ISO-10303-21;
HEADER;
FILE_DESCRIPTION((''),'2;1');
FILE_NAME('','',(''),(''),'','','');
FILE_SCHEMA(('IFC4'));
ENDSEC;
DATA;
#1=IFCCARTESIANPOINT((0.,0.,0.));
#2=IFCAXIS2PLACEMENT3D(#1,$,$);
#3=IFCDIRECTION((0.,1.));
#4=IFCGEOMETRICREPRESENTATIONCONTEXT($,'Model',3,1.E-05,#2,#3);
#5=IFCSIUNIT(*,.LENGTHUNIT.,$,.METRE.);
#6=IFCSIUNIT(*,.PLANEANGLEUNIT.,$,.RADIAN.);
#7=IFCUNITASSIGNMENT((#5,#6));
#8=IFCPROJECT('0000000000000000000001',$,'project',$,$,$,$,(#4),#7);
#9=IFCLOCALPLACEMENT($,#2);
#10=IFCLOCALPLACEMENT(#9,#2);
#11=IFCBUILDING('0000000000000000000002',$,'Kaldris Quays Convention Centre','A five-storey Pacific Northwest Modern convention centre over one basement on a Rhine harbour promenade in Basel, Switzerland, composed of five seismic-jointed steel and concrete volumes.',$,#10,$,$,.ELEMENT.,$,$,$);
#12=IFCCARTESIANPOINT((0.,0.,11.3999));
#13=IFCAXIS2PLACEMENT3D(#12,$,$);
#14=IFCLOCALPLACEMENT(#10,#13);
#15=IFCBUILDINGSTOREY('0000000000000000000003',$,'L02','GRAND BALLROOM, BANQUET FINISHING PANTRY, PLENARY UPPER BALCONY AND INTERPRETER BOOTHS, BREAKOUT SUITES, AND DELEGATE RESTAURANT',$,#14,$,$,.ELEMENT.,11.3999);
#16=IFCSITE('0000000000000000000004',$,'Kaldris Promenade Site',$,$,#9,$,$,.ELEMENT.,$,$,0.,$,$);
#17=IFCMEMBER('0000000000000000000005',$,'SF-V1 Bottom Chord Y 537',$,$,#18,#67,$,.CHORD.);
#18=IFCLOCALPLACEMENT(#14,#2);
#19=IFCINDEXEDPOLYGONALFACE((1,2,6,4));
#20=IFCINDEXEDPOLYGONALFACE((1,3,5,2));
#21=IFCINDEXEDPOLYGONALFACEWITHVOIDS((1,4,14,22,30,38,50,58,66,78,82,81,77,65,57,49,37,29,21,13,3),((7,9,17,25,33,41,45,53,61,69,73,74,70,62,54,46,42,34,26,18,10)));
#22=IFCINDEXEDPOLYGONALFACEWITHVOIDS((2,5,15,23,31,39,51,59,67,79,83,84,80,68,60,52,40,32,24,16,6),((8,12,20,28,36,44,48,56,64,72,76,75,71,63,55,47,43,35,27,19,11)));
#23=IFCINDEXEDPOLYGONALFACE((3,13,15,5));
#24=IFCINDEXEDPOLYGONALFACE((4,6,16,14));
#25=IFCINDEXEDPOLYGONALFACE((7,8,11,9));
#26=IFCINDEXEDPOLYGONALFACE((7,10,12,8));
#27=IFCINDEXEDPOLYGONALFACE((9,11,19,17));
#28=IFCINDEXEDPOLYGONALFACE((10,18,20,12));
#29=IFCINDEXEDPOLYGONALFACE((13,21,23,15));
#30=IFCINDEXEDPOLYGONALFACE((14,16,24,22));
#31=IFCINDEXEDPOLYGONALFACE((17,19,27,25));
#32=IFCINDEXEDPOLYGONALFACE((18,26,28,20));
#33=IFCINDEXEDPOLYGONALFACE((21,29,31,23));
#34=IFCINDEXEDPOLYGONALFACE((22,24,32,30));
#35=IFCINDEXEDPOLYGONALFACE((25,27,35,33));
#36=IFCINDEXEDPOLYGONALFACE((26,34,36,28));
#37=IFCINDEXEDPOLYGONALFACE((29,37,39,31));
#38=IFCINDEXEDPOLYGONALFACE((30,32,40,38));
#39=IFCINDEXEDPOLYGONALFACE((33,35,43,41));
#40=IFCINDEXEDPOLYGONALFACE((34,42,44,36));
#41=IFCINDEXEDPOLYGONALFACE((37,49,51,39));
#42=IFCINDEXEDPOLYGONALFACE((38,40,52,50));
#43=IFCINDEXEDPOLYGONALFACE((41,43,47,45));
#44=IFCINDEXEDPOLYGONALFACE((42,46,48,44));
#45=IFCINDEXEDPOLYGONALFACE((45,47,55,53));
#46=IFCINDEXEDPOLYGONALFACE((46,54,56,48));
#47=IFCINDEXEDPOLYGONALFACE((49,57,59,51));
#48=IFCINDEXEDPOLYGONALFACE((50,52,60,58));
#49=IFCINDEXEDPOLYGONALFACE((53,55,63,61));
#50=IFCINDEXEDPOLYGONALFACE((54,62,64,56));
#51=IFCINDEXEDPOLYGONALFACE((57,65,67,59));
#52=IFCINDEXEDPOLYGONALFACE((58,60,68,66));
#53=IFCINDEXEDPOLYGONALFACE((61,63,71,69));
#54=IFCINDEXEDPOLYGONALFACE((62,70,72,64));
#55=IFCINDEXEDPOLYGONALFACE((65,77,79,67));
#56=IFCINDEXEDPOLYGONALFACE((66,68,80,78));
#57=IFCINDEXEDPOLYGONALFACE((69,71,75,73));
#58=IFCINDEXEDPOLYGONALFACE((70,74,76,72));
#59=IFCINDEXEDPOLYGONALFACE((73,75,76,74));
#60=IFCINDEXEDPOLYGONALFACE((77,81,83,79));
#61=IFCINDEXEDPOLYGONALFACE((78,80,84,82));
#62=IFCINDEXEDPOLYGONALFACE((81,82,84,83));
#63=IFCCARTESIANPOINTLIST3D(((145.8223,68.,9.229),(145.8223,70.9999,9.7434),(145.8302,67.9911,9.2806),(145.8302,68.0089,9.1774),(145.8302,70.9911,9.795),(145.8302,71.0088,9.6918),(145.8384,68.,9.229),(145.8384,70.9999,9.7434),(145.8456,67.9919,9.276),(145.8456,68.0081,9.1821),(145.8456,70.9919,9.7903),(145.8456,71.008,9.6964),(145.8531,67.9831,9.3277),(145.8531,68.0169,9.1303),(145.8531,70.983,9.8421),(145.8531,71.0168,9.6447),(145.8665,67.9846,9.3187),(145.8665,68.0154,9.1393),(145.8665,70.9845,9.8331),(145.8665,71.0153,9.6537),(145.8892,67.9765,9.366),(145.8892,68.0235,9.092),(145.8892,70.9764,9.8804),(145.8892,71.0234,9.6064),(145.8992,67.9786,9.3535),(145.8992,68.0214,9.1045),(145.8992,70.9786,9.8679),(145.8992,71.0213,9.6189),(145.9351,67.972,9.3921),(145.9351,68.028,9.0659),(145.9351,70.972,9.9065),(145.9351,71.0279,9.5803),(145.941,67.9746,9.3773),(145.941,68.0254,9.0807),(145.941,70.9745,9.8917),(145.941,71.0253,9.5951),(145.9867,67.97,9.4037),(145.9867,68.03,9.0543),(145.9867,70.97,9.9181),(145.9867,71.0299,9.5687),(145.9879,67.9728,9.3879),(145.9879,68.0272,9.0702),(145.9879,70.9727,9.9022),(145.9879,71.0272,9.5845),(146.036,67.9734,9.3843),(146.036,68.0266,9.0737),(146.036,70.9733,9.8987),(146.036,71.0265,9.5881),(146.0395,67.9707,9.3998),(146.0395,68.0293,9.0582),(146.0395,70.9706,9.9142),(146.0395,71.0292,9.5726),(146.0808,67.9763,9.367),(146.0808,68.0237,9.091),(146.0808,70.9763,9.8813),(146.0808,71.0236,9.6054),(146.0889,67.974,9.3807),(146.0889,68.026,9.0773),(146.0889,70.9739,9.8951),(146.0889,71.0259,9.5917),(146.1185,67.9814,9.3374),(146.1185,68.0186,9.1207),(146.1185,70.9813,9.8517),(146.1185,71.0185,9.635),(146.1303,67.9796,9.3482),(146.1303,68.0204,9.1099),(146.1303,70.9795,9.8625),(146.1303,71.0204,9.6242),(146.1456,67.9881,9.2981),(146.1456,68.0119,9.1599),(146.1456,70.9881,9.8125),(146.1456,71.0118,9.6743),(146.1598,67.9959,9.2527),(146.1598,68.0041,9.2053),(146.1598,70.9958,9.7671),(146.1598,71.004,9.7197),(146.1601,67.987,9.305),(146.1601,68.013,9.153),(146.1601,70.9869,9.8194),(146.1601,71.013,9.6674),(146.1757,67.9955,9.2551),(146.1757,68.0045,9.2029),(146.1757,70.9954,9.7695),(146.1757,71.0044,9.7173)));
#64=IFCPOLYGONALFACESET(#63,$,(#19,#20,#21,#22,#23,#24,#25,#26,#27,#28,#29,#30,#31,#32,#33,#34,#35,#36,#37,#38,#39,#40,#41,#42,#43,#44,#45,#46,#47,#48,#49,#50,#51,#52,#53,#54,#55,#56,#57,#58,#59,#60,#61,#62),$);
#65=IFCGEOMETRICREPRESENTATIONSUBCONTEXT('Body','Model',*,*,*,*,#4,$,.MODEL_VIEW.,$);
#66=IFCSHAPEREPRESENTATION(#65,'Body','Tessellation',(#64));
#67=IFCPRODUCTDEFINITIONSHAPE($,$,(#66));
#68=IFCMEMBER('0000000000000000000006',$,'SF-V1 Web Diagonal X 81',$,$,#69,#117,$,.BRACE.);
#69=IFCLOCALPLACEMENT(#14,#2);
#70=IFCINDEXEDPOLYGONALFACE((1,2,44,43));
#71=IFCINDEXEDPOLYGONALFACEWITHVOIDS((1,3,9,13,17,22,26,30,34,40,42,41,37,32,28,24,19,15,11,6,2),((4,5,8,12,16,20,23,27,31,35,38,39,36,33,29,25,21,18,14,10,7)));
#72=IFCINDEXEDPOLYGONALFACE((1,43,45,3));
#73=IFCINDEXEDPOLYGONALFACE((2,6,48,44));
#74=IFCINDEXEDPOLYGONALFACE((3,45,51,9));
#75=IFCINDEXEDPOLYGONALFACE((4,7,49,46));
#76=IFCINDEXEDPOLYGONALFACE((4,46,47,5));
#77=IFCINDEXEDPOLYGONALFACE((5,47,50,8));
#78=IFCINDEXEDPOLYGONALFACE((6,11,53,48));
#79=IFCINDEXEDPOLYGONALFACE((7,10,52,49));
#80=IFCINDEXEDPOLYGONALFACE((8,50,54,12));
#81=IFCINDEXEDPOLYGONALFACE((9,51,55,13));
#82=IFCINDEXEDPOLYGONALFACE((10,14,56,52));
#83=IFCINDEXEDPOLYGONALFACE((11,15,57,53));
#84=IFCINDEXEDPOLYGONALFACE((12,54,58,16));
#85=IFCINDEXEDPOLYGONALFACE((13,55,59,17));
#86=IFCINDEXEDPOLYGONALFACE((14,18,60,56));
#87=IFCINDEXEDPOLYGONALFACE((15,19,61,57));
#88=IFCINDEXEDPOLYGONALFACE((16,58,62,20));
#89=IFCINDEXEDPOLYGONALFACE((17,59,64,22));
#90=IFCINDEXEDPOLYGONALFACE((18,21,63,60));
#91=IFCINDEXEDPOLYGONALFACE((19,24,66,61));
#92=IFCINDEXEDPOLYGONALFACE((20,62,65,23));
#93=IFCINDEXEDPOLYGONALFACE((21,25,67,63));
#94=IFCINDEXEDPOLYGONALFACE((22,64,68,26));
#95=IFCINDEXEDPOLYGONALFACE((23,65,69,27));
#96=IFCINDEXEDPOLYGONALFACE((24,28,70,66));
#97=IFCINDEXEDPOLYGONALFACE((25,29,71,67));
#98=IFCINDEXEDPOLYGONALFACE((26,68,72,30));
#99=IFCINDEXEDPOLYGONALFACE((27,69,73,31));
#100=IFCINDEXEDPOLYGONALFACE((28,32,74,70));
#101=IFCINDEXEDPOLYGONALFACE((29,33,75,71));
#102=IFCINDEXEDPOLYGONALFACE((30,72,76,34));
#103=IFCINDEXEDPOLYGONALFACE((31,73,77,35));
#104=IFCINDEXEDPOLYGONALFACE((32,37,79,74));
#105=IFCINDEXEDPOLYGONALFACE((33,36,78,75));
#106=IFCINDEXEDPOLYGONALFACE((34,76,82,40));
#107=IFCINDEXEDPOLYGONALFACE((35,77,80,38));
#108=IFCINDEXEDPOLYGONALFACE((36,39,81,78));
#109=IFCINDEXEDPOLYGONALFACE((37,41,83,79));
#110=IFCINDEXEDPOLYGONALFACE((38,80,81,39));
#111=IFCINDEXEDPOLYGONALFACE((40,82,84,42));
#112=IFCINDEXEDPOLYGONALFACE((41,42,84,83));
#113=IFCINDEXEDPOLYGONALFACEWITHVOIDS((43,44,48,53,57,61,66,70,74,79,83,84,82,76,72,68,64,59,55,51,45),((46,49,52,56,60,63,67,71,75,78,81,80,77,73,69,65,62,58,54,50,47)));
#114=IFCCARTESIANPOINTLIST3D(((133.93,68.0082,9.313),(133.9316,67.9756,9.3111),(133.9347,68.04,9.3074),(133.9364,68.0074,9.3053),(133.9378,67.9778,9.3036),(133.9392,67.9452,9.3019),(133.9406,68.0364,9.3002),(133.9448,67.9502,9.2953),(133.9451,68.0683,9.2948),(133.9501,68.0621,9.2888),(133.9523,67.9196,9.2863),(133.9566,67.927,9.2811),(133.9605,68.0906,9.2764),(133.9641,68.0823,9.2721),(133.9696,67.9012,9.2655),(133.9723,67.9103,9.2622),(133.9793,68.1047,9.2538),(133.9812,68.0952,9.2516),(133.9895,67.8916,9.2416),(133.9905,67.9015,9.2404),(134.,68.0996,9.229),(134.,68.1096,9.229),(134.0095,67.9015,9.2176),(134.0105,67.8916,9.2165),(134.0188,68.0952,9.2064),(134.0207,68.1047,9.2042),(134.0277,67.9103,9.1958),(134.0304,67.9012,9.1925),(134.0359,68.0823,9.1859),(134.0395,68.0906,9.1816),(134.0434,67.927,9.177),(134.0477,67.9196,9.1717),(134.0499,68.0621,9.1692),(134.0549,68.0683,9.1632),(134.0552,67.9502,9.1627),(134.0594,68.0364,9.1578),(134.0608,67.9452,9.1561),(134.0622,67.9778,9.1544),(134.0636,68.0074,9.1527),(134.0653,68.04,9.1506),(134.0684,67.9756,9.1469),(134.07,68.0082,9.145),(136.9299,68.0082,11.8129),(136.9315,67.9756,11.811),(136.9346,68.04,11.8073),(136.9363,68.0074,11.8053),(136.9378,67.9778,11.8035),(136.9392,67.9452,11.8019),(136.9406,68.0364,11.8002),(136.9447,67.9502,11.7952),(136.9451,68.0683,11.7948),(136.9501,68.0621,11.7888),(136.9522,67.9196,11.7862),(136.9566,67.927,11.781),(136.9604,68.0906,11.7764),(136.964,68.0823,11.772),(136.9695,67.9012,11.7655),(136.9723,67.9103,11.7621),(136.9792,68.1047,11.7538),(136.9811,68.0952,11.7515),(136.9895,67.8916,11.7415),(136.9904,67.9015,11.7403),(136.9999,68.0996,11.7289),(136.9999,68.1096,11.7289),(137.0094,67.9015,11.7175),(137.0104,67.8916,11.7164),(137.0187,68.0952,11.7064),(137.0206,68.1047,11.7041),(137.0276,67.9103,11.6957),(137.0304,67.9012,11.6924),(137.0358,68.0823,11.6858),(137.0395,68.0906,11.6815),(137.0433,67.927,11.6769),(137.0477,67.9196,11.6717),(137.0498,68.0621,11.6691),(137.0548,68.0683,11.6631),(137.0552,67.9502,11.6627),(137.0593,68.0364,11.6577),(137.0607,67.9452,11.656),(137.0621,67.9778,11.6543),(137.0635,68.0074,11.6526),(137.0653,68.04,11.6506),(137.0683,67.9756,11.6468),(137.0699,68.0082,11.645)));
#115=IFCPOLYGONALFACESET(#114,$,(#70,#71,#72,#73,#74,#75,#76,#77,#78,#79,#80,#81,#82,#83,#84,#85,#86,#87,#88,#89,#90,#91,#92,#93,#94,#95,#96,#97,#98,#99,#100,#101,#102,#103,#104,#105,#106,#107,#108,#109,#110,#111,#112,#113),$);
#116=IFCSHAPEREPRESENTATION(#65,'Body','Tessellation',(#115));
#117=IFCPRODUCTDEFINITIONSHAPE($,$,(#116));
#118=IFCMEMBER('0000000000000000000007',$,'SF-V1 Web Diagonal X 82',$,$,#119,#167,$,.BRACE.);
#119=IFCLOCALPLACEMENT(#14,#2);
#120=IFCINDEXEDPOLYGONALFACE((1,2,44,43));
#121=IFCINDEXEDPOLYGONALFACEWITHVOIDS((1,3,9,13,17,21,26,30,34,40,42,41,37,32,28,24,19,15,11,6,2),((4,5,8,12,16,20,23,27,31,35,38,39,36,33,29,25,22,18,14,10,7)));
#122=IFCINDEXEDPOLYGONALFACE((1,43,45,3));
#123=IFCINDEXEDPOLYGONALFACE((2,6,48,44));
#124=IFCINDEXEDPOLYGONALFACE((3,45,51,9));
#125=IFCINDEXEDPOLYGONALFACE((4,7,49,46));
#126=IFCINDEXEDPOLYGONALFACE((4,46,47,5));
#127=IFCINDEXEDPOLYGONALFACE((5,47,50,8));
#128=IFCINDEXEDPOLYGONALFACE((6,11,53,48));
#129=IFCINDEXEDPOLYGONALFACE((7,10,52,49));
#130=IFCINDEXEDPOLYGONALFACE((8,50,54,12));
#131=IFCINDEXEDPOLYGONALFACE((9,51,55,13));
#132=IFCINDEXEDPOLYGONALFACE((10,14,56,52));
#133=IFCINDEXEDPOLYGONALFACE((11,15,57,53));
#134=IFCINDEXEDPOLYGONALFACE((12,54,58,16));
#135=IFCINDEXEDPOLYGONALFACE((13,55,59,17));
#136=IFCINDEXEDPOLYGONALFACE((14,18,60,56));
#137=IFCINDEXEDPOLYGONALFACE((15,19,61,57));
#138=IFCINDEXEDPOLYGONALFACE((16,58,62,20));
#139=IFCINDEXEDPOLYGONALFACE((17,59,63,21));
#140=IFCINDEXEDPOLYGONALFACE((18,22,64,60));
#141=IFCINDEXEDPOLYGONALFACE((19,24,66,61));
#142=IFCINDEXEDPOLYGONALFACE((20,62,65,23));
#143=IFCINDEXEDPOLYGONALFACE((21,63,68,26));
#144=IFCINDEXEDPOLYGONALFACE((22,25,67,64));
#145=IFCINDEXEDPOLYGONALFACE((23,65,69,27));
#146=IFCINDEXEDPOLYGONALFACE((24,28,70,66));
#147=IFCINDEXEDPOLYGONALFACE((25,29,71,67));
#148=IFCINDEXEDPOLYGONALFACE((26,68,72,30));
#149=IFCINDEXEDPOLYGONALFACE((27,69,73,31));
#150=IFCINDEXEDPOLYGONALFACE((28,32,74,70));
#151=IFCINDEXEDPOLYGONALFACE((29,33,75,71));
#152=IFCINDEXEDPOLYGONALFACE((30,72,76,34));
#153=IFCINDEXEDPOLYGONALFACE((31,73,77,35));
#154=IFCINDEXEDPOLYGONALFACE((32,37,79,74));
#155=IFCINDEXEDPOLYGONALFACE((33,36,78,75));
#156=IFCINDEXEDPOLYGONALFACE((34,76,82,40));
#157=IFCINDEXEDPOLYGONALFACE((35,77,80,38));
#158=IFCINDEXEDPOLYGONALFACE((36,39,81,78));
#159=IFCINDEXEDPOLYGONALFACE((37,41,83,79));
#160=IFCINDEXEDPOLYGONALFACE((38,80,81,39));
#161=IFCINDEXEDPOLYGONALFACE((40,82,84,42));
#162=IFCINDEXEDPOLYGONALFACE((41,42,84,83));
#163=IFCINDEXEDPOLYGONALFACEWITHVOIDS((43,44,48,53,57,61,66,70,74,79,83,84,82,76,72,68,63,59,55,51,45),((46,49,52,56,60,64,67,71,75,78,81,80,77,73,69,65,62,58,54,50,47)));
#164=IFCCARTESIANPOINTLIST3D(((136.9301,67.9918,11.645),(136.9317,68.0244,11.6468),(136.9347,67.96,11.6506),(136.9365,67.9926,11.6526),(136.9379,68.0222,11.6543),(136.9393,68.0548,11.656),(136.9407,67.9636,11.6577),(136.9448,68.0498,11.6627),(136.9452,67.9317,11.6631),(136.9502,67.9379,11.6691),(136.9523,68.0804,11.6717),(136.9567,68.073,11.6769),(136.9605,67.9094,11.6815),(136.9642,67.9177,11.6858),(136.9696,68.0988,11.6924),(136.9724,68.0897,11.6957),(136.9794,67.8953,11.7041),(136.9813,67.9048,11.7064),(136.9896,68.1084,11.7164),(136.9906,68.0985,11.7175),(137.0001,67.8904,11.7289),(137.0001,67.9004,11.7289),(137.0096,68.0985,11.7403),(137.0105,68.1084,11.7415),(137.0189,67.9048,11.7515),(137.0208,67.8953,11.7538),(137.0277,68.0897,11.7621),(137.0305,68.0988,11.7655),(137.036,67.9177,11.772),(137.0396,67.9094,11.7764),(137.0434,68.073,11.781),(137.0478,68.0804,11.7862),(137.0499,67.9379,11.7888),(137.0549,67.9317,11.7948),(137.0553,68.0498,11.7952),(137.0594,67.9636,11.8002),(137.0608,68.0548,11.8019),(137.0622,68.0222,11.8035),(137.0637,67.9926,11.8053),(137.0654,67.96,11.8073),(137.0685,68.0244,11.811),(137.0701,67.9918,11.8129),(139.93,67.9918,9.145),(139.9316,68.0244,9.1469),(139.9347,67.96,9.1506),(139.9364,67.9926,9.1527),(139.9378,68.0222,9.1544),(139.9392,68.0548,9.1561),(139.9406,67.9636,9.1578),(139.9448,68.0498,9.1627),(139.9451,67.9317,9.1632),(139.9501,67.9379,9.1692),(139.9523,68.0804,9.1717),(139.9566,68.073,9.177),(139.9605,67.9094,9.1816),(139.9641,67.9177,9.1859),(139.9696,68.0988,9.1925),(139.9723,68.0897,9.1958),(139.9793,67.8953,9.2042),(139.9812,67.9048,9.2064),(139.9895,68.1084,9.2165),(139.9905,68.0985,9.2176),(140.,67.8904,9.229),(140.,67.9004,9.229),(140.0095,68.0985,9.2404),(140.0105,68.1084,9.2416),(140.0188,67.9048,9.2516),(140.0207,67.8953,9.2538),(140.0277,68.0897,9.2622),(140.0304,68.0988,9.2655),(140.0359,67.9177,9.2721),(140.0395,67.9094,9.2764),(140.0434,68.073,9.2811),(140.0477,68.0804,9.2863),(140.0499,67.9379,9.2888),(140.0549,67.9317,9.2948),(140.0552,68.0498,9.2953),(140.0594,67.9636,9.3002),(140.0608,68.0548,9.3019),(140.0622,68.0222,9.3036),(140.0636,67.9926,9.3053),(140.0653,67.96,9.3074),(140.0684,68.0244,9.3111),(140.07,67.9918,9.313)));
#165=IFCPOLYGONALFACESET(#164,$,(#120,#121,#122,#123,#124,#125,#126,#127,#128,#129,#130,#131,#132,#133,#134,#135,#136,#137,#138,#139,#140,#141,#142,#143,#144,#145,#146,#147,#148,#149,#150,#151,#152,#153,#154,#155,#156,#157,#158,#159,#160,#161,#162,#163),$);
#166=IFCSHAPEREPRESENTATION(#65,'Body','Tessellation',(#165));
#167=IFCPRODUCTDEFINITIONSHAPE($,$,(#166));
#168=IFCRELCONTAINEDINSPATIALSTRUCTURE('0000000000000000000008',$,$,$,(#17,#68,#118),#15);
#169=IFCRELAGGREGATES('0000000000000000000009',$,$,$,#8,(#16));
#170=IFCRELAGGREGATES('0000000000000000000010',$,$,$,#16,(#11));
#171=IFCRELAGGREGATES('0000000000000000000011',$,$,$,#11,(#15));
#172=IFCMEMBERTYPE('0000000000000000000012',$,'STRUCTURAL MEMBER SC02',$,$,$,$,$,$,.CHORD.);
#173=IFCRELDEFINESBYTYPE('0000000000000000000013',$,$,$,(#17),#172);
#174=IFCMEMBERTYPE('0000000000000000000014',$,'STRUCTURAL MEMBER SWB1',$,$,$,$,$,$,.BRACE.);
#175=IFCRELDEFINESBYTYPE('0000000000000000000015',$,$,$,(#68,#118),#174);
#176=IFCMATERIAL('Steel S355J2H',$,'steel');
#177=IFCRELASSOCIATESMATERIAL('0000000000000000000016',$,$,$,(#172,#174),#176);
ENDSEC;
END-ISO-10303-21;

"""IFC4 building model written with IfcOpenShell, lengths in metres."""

from ifc_helpers import new_model, si_unit, direction, frame, origin, origin_2d, place, context, subcontext, project, spatial, hollow_circle, extrude, material, material_profile, profile_set, type_object, element, save


model = new_model("IFC4")

# Units and contexts
model_context = context("Model", 3, precision=1e-05, world=origin(), true_north=direction((0.0, 1.0)))
body_context = subcontext(model_context, "Body", "Model", "MODEL_VIEW")
ifc_project = project(units=[si_unit("LENGTHUNIT", "METRE"), si_unit("PLANEANGLEUNIT", "RADIAN")], contexts=[model_context])

# Site, building, storey
site_placement = place(None, origin())
site = spatial("IfcSite", under=ifc_project, at=site_placement, Name="Kaldris Promenade Site", CompositionType="ELEMENT", RefElevation=0.0)
building_placement = place(site_placement, origin())
building = spatial("IfcBuilding", under=site, at=building_placement, Name="Kaldris Quays Convention Centre", Description="A five-storey Pacific Northwest Modern convention centre over one basement on a Rhine harbour promenade in Basel, Switzerland, composed of five seismic-jointed steel and concrete volumes.", CompositionType="ELEMENT")
storey_placement = place(building_placement, frame((0.0, 0.0, 11.3999)))
storey = spatial("IfcBuildingStorey", under=building, at=storey_placement, Name="L02", Description="GRAND BALLROOM, BANQUET FINISHING PANTRY, PLENARY UPPER BALCONY AND INTERPRETER BOOTHS, BREAKOUT SUITES, AND DELEGATE RESTAURANT", CompositionType="ELEMENT", Elevation=11.3999)

# Members
ifc_material_1 = material(Name="Steel S355J2H", Category="steel")
ifc_material_profile_1 = material_profile(ifc_material_1, hollow_circle(Radius=0.1777, WallThickness=0.0161, at=origin_2d()), Name="CHS 355.6x16")
ifc_profile_set_1 = profile_set([ifc_material_profile_1], Name="Steel S355J2H")
member_type_1 = type_object("IfcMemberType", Name="STRUCTURAL MEMBER SC02", PredefinedType="CHORD", material=ifc_profile_set_1)
for number, where, z_axis, x_axis, name in (
    (1, (146.0, 68.0, 9.229), (0.0, 0.985616, 0.169002), (-1.0, 0.0, 0.0), "SF-V1 Bottom Chord Y 537"),
):
    element("IfcMember", number, at=place(storey_placement, frame(where, z_axis=z_axis, x_axis=x_axis)), inside=storey, type_object=member_type_1, Name=name, PredefinedType="CHORD", context=body_context, shape_type="SweptSolid", body=[
        extrude(hollow_circle(Radius=0.1777, WallThickness=0.0161, at=origin_2d()), origin(), (0.0, 0.0, 1.0), 3.0437),
    ])
ifc_material_profile_2 = material_profile(ifc_material_1, hollow_circle(Radius=0.1096, WallThickness=0.01, at=origin_2d()), Name="CHS 219.1x10")
ifc_profile_set_2 = profile_set([ifc_material_profile_2], Name="Steel S355J2H")
member_type_2 = type_object("IfcMemberType", Name="STRUCTURAL MEMBER SWB1", PredefinedType="BRACE", material=ifc_profile_set_2)
for number, where, z_axis, x_axis, name in (
    (2, (134.0, 68.0, 9.229), (0.768221, 0.0, 0.640184), (0.0, 1.0, 0.0), "SF-V1 Web Diagonal X 81"),
    (3, (140.0, 68.0, 9.229), (-0.768221, 0.0, 0.640184), (0.0, -1.0, 0.0), "SF-V1 Web Diagonal X 82"),
):
    element("IfcMember", number, at=place(storey_placement, frame(where, z_axis=z_axis, x_axis=x_axis)), inside=storey, type_object=member_type_2, Name=name, PredefinedType="BRACE", context=body_context, shape_type="SweptSolid", body=[
        extrude(hollow_circle(Radius=0.1096, WallThickness=0.01, at=origin_2d()), origin(), (0.0, 0.0, 1.0), 3.905),
    ])

save(model, "model.ifc")
